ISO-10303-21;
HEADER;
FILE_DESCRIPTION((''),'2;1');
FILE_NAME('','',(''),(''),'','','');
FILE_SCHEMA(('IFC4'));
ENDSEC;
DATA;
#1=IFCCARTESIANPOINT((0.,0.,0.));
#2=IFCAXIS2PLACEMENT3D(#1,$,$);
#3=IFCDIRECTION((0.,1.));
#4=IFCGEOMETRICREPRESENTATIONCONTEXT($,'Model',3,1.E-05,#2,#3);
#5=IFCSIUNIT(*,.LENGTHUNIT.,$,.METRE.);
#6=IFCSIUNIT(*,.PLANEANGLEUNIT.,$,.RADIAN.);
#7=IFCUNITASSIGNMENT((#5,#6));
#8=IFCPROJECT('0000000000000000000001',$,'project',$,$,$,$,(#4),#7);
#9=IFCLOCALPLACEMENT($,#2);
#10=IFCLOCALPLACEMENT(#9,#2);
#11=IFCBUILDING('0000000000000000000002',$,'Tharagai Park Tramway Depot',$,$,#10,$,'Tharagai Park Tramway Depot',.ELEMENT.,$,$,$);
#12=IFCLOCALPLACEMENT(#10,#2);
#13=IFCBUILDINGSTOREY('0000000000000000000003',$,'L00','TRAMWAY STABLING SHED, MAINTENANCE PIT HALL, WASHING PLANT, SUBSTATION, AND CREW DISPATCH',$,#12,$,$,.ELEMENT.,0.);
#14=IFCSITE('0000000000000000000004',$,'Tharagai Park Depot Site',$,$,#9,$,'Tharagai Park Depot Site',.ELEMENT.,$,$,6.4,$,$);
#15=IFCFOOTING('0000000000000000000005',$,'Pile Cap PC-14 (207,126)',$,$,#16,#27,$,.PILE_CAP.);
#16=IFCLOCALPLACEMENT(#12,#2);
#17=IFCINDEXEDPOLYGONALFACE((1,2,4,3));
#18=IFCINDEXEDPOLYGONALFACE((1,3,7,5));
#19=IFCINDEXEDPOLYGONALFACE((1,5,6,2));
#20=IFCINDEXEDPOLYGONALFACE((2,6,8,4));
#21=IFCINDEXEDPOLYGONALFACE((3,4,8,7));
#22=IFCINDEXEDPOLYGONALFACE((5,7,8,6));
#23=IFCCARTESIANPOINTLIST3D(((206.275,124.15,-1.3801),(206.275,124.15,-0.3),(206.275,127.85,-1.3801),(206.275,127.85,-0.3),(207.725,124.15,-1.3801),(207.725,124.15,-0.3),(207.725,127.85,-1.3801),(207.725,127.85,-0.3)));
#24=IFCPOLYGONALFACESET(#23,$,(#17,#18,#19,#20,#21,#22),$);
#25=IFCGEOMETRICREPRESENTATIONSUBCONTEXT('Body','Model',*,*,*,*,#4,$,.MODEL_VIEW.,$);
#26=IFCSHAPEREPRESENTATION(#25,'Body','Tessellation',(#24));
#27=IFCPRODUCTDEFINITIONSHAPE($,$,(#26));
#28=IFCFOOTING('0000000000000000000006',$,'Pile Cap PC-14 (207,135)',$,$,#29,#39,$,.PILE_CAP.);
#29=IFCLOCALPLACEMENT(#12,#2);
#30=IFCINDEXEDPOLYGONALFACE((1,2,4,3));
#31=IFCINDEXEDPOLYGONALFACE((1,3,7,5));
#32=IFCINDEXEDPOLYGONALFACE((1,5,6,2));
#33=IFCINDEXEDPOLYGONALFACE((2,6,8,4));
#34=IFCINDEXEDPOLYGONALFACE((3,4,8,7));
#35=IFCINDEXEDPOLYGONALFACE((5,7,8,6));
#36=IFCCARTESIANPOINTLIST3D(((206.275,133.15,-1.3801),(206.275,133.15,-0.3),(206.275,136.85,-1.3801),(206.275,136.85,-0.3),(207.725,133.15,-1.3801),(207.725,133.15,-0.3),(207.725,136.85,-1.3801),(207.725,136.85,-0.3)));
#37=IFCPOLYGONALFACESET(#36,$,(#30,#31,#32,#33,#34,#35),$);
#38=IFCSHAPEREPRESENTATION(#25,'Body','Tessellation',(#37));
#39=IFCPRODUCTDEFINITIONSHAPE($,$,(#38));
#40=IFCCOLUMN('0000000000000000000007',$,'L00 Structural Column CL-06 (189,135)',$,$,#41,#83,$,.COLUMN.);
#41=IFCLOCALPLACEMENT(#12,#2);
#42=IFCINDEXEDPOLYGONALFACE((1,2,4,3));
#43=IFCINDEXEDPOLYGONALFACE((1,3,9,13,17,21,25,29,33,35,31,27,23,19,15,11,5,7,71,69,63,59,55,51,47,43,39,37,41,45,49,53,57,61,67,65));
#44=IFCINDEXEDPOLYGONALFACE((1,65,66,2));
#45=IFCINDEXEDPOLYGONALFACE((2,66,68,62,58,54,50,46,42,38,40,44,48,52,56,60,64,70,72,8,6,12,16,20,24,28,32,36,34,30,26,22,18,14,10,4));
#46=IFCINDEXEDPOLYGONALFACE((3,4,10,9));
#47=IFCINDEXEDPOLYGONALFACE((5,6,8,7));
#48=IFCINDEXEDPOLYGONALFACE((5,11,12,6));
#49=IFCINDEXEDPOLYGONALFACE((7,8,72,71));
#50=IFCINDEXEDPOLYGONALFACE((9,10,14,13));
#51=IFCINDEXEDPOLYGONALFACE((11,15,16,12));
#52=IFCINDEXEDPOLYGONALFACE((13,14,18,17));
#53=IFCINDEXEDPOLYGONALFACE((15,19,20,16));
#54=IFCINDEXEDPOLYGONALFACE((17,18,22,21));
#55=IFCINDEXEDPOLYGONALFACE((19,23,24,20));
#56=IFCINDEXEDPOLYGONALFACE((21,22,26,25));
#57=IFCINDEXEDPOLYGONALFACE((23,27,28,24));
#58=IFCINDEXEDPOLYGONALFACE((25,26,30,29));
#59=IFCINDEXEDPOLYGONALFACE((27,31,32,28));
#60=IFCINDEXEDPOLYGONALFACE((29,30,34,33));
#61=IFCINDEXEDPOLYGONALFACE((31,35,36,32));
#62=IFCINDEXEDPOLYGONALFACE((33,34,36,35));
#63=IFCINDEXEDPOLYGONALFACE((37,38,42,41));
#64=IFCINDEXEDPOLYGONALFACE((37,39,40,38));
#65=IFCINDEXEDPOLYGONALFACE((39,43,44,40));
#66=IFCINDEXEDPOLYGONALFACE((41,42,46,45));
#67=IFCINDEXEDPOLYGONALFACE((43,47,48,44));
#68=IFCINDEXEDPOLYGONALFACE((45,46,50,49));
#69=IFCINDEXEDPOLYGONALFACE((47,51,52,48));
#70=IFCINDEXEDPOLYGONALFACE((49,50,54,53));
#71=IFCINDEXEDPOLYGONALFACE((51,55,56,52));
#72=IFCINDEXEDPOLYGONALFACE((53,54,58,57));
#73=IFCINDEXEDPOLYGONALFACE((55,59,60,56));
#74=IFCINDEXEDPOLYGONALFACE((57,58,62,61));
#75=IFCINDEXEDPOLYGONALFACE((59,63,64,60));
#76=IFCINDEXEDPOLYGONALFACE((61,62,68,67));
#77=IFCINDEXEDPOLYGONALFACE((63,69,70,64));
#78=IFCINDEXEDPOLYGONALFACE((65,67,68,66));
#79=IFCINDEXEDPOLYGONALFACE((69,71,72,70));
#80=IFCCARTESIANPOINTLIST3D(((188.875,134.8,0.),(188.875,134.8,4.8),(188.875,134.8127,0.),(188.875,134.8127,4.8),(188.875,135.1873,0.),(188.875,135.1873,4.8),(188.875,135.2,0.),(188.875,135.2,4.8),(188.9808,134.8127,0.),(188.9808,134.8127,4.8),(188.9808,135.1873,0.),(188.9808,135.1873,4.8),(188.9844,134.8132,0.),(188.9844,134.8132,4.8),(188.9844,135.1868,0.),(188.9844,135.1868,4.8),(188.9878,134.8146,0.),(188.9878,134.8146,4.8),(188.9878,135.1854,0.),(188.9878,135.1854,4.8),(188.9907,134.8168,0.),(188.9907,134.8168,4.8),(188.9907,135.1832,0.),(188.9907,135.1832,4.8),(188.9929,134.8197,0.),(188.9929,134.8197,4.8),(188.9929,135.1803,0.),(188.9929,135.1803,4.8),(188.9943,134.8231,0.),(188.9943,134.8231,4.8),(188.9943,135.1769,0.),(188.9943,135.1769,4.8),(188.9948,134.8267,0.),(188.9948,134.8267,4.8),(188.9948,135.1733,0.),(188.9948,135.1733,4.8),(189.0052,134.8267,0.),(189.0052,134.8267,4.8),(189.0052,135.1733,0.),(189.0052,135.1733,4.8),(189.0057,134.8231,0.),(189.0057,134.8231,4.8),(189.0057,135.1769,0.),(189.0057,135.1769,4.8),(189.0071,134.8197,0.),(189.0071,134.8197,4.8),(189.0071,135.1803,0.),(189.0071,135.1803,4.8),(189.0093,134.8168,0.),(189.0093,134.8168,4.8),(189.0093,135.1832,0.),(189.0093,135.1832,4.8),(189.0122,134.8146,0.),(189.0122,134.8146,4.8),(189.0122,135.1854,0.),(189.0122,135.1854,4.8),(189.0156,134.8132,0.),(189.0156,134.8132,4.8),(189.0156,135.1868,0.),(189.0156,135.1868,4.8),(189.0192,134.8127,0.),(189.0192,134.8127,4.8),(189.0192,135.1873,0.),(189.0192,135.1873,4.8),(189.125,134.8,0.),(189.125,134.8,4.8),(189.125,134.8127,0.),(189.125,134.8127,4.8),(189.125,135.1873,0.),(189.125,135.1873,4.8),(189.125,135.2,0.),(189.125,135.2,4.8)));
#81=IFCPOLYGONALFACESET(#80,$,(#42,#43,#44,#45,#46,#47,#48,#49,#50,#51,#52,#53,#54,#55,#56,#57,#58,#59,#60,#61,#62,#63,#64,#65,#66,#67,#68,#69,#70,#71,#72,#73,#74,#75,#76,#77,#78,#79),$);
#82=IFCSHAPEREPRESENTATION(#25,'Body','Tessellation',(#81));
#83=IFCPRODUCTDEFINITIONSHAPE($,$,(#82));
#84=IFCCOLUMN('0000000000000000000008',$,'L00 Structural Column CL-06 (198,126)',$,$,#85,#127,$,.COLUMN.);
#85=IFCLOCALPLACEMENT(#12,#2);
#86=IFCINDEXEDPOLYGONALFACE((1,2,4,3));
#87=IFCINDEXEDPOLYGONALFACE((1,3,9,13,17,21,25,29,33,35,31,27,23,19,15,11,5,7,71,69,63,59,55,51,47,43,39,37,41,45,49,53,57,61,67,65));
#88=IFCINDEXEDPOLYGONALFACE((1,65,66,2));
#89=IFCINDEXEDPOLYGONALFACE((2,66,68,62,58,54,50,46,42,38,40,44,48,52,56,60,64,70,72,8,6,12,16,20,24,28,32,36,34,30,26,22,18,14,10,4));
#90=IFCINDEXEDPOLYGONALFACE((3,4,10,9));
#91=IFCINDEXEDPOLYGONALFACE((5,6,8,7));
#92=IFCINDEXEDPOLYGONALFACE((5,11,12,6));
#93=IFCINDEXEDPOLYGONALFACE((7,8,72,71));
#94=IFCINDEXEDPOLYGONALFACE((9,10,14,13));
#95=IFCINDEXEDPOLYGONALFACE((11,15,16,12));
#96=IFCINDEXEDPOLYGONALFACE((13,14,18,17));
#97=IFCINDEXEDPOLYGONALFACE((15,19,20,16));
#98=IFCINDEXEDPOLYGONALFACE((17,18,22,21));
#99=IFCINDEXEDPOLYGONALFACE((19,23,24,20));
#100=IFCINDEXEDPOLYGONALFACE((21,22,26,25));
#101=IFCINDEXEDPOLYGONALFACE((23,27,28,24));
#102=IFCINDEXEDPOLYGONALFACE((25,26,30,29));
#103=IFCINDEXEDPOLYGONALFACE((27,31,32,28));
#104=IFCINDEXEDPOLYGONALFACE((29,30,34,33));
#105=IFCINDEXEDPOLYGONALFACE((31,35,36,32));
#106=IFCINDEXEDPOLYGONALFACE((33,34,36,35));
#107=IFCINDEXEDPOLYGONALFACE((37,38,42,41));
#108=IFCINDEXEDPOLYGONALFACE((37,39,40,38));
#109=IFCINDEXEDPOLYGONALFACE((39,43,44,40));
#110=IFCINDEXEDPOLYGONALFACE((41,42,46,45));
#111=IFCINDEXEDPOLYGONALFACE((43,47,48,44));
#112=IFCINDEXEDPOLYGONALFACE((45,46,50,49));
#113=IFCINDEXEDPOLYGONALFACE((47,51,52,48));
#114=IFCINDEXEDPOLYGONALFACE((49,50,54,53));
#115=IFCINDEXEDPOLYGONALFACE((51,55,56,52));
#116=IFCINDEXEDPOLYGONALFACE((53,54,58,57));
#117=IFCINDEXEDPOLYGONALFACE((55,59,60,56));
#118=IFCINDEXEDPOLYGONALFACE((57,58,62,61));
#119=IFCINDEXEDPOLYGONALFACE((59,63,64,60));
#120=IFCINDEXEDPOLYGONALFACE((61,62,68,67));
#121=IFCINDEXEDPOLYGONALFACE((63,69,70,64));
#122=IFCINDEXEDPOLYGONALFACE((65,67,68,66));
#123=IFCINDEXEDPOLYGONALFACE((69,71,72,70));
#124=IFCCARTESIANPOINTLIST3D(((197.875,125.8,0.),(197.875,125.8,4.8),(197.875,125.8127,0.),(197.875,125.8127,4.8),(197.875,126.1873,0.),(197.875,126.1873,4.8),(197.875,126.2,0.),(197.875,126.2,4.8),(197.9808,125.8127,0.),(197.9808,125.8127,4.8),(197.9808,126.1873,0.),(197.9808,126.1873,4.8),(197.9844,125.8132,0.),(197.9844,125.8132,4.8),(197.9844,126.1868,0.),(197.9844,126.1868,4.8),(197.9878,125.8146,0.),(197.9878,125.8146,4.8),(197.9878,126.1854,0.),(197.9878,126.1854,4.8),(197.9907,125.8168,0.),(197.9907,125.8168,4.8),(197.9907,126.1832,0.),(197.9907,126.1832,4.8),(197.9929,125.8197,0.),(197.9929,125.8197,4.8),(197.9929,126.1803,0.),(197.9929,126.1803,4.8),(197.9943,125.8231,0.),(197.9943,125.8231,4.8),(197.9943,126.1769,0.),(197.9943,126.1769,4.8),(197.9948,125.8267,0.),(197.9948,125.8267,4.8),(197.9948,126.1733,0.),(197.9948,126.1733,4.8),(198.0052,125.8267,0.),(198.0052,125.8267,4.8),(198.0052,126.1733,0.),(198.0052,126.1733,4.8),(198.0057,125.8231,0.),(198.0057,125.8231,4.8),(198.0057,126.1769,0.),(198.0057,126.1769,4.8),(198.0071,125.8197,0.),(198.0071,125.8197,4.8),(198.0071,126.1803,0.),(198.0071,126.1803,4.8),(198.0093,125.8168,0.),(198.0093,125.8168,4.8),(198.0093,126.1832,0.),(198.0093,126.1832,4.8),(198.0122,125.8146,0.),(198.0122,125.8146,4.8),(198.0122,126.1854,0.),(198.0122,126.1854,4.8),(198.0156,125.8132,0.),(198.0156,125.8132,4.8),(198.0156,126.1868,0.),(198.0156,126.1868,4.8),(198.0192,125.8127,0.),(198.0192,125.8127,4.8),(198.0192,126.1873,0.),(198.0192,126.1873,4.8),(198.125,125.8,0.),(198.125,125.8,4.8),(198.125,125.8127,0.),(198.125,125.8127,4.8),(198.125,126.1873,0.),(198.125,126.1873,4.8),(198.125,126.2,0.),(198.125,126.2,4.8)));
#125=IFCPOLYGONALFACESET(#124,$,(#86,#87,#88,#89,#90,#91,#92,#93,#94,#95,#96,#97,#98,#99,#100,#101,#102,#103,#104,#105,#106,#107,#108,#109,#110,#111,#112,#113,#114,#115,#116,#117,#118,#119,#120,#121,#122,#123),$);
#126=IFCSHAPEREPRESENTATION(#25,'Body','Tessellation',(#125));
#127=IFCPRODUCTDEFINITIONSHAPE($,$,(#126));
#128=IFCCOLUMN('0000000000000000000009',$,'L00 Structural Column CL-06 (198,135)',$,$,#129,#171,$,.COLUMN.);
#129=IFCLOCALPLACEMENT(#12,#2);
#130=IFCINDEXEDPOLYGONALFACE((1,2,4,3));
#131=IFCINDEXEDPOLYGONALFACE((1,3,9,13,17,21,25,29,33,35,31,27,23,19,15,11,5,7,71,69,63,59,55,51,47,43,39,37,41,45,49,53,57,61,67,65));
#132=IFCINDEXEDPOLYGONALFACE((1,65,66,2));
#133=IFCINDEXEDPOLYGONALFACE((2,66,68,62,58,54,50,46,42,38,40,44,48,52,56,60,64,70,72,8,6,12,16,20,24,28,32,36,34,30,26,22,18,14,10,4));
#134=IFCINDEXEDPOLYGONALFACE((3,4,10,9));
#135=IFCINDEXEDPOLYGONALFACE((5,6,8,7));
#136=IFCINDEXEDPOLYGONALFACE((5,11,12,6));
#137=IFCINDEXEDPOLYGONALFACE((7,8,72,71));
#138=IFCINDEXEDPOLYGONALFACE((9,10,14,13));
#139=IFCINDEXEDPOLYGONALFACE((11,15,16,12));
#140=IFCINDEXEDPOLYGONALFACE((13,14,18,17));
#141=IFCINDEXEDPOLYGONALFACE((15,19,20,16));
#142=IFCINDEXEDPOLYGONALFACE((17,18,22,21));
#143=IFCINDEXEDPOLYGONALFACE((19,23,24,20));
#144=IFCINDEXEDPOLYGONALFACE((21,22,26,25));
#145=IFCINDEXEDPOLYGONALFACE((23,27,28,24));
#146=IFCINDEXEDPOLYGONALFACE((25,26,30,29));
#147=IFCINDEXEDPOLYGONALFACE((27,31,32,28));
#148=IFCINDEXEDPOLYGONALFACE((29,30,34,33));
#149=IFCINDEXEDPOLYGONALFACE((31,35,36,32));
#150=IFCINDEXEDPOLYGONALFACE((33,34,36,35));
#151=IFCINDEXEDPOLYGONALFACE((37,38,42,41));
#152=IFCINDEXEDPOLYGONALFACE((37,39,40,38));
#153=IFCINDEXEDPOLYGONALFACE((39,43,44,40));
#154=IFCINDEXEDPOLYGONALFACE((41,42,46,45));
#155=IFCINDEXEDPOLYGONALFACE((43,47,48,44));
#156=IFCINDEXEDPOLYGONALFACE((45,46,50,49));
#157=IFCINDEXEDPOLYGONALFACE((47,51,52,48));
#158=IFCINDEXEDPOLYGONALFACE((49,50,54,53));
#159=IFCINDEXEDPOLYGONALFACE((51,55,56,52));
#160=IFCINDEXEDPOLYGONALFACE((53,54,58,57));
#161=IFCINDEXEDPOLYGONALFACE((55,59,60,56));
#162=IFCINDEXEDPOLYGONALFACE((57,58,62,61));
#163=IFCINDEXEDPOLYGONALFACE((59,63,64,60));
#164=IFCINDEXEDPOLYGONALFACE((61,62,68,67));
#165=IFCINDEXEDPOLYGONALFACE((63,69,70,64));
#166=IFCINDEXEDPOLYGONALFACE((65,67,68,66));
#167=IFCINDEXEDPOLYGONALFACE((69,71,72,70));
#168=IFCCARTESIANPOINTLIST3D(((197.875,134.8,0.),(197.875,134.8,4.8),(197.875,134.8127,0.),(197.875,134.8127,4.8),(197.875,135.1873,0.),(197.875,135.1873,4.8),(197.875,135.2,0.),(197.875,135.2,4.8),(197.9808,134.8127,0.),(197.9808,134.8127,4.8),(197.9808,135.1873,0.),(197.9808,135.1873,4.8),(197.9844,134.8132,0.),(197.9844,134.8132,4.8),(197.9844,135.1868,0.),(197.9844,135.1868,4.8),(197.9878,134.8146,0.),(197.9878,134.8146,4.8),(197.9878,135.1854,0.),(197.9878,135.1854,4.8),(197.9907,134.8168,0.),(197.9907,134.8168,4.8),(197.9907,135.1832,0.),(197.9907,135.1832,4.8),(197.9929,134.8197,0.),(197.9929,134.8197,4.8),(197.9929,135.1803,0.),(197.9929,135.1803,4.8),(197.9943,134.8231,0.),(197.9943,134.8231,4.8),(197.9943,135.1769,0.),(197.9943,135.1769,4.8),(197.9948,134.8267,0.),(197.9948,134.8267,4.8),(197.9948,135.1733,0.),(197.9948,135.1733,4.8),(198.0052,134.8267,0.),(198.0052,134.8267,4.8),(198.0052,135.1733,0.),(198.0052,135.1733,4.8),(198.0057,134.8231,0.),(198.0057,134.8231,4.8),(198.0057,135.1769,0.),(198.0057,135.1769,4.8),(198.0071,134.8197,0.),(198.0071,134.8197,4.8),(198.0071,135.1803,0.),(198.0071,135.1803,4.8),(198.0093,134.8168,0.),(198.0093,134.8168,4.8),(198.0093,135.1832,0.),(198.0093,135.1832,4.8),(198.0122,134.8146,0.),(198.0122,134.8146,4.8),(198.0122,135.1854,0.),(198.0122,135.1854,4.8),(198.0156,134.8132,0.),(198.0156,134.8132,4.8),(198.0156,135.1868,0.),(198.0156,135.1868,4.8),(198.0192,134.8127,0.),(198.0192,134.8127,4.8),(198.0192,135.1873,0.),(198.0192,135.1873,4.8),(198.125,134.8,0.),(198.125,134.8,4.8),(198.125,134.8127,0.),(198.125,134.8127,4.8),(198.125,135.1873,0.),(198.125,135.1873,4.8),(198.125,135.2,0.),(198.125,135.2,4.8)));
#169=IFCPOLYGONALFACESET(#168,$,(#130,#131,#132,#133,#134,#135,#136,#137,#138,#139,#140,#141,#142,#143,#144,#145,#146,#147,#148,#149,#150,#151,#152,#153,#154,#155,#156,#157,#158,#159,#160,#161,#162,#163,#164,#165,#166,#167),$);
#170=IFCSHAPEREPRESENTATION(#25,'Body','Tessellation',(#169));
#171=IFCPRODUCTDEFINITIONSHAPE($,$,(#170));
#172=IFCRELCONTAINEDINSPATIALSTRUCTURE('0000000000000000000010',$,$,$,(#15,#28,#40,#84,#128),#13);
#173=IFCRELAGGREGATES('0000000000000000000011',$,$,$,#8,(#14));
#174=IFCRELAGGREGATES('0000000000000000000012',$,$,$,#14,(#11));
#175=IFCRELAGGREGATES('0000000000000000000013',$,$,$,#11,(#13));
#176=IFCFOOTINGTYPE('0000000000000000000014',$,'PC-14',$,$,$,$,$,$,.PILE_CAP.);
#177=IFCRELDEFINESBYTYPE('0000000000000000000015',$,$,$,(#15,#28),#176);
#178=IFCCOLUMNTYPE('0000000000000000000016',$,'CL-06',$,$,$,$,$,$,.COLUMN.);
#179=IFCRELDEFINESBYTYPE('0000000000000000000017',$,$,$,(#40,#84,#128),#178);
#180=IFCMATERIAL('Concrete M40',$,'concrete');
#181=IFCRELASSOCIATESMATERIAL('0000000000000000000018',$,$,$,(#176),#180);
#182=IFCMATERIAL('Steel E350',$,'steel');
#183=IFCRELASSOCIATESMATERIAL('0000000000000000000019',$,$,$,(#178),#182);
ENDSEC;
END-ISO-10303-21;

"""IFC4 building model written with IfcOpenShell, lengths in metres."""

from ifc_helpers import new_model, si_unit, direction, frame, origin, origin_2d, place, context, subcontext, project, spatial, rectangle, i_section, extrude, material, material_profile, profile_set, type_object, element, save


model = new_model("IFC4")

# Units and contexts
model_context = context("Model", 3, precision=1e-05, world=origin(), true_north=direction((0.0, 1.0)))
body_context = subcontext(model_context, "Body", "Model", "MODEL_VIEW")
ifc_project = project(units=[si_unit("LENGTHUNIT", "METRE"), si_unit("PLANEANGLEUNIT", "RADIAN")], contexts=[model_context])

# Site, building, storey
site_placement = place(None, origin())
site = spatial("IfcSite", under=ifc_project, at=site_placement, Name="Tharagai Park Depot Site", LongName="Tharagai Park Depot Site", CompositionType="ELEMENT", RefElevation=6.4)
building_placement = place(site_placement, origin())
building = spatial("IfcBuilding", under=site, at=building_placement, Name="Tharagai Park Tramway Depot", LongName="Tharagai Park Tramway Depot", CompositionType="ELEMENT")
storey_placement = place(building_placement, origin())
storey = spatial("IfcBuildingStorey", under=building, at=storey_placement, Name="L00", Description="TRAMWAY STABLING SHED, MAINTENANCE PIT HALL, WASHING PLANT, SUBSTATION, AND CREW DISPATCH", CompositionType="ELEMENT", Elevation=0.0)

# Shared definitions
ifc_material_1 = material(Name="Concrete M40", Category="concrete")

# Footings
footing_type_1 = type_object("IfcFootingType", Name="PC-14", PredefinedType="PILE_CAP", material=ifc_material_1)
for number, where, z_axis, x_axis, name in (
    (1, (207.0, 126.0, -1.3801), (0.0, 0.0, 1.0), (1.0, 0.0, 0.0), "Pile Cap PC-14 (207,126)"),
    (2, (207.0, 135.0, -1.3801), (0.0, 0.0, 1.0), (1.0, 0.0, 0.0), "Pile Cap PC-14 (207,135)"),
):
    element("IfcFooting", number, at=place(storey_placement, frame(where, z_axis=z_axis, x_axis=x_axis)), inside=storey, type_object=footing_type_1, Name=name, PredefinedType="PILE_CAP", context=body_context, shape_type="SweptSolid", body=[
        extrude(rectangle(XDim=1.45, YDim=3.7, at=origin_2d()), origin(), (0.0, 0.0, 1.0), 1.0801),
    ])

# Columns
ifc_material_2 = material(Name="Steel E350", Category="steel")
ifc_material_profile_1 = material_profile(ifc_material_2, i_section(OverallWidth=0.25, OverallDepth=0.3999, WebThickness=0.0105, FlangeThickness=0.0127, FilletRadius=0.0139, at=origin_2d()), Name="ISHB 400")
ifc_profile_set_1 = profile_set([ifc_material_profile_1], Name="Steel E350")
column_type = type_object("IfcColumnType", Name="CL-06", PredefinedType="COLUMN", material=ifc_profile_set_1)
for number, where, z_axis, x_axis, name in (
    (3, (189.0, 135.0, 0.0), (0.0, 0.0, 1.0), (1.0, 0.0, 0.0), "L00 Structural Column CL-06 (189,135)"),
    (4, (198.0, 126.0, 0.0), (0.0, 0.0, 1.0), (1.0, 0.0, 0.0), "L00 Structural Column CL-06 (198,126)"),
    (5, (198.0, 135.0, 0.0), (0.0, 0.0, 1.0), (1.0, 0.0, 0.0), "L00 Structural Column CL-06 (198,135)"),
):
    element("IfcColumn", number, at=place(storey_placement, frame(where, z_axis=z_axis, x_axis=x_axis)), inside=storey, type_object=column_type, Name=name, PredefinedType="COLUMN", context=body_context, shape_type="SweptSolid", body=[
        extrude(i_section(OverallWidth=0.25, OverallDepth=0.3999, WebThickness=0.0105, FlangeThickness=0.0127, FilletRadius=0.0139, at=origin_2d()), origin(), (0.0, 0.0, 1.0), 4.8),
    ])

save(model, "model.ifc")
